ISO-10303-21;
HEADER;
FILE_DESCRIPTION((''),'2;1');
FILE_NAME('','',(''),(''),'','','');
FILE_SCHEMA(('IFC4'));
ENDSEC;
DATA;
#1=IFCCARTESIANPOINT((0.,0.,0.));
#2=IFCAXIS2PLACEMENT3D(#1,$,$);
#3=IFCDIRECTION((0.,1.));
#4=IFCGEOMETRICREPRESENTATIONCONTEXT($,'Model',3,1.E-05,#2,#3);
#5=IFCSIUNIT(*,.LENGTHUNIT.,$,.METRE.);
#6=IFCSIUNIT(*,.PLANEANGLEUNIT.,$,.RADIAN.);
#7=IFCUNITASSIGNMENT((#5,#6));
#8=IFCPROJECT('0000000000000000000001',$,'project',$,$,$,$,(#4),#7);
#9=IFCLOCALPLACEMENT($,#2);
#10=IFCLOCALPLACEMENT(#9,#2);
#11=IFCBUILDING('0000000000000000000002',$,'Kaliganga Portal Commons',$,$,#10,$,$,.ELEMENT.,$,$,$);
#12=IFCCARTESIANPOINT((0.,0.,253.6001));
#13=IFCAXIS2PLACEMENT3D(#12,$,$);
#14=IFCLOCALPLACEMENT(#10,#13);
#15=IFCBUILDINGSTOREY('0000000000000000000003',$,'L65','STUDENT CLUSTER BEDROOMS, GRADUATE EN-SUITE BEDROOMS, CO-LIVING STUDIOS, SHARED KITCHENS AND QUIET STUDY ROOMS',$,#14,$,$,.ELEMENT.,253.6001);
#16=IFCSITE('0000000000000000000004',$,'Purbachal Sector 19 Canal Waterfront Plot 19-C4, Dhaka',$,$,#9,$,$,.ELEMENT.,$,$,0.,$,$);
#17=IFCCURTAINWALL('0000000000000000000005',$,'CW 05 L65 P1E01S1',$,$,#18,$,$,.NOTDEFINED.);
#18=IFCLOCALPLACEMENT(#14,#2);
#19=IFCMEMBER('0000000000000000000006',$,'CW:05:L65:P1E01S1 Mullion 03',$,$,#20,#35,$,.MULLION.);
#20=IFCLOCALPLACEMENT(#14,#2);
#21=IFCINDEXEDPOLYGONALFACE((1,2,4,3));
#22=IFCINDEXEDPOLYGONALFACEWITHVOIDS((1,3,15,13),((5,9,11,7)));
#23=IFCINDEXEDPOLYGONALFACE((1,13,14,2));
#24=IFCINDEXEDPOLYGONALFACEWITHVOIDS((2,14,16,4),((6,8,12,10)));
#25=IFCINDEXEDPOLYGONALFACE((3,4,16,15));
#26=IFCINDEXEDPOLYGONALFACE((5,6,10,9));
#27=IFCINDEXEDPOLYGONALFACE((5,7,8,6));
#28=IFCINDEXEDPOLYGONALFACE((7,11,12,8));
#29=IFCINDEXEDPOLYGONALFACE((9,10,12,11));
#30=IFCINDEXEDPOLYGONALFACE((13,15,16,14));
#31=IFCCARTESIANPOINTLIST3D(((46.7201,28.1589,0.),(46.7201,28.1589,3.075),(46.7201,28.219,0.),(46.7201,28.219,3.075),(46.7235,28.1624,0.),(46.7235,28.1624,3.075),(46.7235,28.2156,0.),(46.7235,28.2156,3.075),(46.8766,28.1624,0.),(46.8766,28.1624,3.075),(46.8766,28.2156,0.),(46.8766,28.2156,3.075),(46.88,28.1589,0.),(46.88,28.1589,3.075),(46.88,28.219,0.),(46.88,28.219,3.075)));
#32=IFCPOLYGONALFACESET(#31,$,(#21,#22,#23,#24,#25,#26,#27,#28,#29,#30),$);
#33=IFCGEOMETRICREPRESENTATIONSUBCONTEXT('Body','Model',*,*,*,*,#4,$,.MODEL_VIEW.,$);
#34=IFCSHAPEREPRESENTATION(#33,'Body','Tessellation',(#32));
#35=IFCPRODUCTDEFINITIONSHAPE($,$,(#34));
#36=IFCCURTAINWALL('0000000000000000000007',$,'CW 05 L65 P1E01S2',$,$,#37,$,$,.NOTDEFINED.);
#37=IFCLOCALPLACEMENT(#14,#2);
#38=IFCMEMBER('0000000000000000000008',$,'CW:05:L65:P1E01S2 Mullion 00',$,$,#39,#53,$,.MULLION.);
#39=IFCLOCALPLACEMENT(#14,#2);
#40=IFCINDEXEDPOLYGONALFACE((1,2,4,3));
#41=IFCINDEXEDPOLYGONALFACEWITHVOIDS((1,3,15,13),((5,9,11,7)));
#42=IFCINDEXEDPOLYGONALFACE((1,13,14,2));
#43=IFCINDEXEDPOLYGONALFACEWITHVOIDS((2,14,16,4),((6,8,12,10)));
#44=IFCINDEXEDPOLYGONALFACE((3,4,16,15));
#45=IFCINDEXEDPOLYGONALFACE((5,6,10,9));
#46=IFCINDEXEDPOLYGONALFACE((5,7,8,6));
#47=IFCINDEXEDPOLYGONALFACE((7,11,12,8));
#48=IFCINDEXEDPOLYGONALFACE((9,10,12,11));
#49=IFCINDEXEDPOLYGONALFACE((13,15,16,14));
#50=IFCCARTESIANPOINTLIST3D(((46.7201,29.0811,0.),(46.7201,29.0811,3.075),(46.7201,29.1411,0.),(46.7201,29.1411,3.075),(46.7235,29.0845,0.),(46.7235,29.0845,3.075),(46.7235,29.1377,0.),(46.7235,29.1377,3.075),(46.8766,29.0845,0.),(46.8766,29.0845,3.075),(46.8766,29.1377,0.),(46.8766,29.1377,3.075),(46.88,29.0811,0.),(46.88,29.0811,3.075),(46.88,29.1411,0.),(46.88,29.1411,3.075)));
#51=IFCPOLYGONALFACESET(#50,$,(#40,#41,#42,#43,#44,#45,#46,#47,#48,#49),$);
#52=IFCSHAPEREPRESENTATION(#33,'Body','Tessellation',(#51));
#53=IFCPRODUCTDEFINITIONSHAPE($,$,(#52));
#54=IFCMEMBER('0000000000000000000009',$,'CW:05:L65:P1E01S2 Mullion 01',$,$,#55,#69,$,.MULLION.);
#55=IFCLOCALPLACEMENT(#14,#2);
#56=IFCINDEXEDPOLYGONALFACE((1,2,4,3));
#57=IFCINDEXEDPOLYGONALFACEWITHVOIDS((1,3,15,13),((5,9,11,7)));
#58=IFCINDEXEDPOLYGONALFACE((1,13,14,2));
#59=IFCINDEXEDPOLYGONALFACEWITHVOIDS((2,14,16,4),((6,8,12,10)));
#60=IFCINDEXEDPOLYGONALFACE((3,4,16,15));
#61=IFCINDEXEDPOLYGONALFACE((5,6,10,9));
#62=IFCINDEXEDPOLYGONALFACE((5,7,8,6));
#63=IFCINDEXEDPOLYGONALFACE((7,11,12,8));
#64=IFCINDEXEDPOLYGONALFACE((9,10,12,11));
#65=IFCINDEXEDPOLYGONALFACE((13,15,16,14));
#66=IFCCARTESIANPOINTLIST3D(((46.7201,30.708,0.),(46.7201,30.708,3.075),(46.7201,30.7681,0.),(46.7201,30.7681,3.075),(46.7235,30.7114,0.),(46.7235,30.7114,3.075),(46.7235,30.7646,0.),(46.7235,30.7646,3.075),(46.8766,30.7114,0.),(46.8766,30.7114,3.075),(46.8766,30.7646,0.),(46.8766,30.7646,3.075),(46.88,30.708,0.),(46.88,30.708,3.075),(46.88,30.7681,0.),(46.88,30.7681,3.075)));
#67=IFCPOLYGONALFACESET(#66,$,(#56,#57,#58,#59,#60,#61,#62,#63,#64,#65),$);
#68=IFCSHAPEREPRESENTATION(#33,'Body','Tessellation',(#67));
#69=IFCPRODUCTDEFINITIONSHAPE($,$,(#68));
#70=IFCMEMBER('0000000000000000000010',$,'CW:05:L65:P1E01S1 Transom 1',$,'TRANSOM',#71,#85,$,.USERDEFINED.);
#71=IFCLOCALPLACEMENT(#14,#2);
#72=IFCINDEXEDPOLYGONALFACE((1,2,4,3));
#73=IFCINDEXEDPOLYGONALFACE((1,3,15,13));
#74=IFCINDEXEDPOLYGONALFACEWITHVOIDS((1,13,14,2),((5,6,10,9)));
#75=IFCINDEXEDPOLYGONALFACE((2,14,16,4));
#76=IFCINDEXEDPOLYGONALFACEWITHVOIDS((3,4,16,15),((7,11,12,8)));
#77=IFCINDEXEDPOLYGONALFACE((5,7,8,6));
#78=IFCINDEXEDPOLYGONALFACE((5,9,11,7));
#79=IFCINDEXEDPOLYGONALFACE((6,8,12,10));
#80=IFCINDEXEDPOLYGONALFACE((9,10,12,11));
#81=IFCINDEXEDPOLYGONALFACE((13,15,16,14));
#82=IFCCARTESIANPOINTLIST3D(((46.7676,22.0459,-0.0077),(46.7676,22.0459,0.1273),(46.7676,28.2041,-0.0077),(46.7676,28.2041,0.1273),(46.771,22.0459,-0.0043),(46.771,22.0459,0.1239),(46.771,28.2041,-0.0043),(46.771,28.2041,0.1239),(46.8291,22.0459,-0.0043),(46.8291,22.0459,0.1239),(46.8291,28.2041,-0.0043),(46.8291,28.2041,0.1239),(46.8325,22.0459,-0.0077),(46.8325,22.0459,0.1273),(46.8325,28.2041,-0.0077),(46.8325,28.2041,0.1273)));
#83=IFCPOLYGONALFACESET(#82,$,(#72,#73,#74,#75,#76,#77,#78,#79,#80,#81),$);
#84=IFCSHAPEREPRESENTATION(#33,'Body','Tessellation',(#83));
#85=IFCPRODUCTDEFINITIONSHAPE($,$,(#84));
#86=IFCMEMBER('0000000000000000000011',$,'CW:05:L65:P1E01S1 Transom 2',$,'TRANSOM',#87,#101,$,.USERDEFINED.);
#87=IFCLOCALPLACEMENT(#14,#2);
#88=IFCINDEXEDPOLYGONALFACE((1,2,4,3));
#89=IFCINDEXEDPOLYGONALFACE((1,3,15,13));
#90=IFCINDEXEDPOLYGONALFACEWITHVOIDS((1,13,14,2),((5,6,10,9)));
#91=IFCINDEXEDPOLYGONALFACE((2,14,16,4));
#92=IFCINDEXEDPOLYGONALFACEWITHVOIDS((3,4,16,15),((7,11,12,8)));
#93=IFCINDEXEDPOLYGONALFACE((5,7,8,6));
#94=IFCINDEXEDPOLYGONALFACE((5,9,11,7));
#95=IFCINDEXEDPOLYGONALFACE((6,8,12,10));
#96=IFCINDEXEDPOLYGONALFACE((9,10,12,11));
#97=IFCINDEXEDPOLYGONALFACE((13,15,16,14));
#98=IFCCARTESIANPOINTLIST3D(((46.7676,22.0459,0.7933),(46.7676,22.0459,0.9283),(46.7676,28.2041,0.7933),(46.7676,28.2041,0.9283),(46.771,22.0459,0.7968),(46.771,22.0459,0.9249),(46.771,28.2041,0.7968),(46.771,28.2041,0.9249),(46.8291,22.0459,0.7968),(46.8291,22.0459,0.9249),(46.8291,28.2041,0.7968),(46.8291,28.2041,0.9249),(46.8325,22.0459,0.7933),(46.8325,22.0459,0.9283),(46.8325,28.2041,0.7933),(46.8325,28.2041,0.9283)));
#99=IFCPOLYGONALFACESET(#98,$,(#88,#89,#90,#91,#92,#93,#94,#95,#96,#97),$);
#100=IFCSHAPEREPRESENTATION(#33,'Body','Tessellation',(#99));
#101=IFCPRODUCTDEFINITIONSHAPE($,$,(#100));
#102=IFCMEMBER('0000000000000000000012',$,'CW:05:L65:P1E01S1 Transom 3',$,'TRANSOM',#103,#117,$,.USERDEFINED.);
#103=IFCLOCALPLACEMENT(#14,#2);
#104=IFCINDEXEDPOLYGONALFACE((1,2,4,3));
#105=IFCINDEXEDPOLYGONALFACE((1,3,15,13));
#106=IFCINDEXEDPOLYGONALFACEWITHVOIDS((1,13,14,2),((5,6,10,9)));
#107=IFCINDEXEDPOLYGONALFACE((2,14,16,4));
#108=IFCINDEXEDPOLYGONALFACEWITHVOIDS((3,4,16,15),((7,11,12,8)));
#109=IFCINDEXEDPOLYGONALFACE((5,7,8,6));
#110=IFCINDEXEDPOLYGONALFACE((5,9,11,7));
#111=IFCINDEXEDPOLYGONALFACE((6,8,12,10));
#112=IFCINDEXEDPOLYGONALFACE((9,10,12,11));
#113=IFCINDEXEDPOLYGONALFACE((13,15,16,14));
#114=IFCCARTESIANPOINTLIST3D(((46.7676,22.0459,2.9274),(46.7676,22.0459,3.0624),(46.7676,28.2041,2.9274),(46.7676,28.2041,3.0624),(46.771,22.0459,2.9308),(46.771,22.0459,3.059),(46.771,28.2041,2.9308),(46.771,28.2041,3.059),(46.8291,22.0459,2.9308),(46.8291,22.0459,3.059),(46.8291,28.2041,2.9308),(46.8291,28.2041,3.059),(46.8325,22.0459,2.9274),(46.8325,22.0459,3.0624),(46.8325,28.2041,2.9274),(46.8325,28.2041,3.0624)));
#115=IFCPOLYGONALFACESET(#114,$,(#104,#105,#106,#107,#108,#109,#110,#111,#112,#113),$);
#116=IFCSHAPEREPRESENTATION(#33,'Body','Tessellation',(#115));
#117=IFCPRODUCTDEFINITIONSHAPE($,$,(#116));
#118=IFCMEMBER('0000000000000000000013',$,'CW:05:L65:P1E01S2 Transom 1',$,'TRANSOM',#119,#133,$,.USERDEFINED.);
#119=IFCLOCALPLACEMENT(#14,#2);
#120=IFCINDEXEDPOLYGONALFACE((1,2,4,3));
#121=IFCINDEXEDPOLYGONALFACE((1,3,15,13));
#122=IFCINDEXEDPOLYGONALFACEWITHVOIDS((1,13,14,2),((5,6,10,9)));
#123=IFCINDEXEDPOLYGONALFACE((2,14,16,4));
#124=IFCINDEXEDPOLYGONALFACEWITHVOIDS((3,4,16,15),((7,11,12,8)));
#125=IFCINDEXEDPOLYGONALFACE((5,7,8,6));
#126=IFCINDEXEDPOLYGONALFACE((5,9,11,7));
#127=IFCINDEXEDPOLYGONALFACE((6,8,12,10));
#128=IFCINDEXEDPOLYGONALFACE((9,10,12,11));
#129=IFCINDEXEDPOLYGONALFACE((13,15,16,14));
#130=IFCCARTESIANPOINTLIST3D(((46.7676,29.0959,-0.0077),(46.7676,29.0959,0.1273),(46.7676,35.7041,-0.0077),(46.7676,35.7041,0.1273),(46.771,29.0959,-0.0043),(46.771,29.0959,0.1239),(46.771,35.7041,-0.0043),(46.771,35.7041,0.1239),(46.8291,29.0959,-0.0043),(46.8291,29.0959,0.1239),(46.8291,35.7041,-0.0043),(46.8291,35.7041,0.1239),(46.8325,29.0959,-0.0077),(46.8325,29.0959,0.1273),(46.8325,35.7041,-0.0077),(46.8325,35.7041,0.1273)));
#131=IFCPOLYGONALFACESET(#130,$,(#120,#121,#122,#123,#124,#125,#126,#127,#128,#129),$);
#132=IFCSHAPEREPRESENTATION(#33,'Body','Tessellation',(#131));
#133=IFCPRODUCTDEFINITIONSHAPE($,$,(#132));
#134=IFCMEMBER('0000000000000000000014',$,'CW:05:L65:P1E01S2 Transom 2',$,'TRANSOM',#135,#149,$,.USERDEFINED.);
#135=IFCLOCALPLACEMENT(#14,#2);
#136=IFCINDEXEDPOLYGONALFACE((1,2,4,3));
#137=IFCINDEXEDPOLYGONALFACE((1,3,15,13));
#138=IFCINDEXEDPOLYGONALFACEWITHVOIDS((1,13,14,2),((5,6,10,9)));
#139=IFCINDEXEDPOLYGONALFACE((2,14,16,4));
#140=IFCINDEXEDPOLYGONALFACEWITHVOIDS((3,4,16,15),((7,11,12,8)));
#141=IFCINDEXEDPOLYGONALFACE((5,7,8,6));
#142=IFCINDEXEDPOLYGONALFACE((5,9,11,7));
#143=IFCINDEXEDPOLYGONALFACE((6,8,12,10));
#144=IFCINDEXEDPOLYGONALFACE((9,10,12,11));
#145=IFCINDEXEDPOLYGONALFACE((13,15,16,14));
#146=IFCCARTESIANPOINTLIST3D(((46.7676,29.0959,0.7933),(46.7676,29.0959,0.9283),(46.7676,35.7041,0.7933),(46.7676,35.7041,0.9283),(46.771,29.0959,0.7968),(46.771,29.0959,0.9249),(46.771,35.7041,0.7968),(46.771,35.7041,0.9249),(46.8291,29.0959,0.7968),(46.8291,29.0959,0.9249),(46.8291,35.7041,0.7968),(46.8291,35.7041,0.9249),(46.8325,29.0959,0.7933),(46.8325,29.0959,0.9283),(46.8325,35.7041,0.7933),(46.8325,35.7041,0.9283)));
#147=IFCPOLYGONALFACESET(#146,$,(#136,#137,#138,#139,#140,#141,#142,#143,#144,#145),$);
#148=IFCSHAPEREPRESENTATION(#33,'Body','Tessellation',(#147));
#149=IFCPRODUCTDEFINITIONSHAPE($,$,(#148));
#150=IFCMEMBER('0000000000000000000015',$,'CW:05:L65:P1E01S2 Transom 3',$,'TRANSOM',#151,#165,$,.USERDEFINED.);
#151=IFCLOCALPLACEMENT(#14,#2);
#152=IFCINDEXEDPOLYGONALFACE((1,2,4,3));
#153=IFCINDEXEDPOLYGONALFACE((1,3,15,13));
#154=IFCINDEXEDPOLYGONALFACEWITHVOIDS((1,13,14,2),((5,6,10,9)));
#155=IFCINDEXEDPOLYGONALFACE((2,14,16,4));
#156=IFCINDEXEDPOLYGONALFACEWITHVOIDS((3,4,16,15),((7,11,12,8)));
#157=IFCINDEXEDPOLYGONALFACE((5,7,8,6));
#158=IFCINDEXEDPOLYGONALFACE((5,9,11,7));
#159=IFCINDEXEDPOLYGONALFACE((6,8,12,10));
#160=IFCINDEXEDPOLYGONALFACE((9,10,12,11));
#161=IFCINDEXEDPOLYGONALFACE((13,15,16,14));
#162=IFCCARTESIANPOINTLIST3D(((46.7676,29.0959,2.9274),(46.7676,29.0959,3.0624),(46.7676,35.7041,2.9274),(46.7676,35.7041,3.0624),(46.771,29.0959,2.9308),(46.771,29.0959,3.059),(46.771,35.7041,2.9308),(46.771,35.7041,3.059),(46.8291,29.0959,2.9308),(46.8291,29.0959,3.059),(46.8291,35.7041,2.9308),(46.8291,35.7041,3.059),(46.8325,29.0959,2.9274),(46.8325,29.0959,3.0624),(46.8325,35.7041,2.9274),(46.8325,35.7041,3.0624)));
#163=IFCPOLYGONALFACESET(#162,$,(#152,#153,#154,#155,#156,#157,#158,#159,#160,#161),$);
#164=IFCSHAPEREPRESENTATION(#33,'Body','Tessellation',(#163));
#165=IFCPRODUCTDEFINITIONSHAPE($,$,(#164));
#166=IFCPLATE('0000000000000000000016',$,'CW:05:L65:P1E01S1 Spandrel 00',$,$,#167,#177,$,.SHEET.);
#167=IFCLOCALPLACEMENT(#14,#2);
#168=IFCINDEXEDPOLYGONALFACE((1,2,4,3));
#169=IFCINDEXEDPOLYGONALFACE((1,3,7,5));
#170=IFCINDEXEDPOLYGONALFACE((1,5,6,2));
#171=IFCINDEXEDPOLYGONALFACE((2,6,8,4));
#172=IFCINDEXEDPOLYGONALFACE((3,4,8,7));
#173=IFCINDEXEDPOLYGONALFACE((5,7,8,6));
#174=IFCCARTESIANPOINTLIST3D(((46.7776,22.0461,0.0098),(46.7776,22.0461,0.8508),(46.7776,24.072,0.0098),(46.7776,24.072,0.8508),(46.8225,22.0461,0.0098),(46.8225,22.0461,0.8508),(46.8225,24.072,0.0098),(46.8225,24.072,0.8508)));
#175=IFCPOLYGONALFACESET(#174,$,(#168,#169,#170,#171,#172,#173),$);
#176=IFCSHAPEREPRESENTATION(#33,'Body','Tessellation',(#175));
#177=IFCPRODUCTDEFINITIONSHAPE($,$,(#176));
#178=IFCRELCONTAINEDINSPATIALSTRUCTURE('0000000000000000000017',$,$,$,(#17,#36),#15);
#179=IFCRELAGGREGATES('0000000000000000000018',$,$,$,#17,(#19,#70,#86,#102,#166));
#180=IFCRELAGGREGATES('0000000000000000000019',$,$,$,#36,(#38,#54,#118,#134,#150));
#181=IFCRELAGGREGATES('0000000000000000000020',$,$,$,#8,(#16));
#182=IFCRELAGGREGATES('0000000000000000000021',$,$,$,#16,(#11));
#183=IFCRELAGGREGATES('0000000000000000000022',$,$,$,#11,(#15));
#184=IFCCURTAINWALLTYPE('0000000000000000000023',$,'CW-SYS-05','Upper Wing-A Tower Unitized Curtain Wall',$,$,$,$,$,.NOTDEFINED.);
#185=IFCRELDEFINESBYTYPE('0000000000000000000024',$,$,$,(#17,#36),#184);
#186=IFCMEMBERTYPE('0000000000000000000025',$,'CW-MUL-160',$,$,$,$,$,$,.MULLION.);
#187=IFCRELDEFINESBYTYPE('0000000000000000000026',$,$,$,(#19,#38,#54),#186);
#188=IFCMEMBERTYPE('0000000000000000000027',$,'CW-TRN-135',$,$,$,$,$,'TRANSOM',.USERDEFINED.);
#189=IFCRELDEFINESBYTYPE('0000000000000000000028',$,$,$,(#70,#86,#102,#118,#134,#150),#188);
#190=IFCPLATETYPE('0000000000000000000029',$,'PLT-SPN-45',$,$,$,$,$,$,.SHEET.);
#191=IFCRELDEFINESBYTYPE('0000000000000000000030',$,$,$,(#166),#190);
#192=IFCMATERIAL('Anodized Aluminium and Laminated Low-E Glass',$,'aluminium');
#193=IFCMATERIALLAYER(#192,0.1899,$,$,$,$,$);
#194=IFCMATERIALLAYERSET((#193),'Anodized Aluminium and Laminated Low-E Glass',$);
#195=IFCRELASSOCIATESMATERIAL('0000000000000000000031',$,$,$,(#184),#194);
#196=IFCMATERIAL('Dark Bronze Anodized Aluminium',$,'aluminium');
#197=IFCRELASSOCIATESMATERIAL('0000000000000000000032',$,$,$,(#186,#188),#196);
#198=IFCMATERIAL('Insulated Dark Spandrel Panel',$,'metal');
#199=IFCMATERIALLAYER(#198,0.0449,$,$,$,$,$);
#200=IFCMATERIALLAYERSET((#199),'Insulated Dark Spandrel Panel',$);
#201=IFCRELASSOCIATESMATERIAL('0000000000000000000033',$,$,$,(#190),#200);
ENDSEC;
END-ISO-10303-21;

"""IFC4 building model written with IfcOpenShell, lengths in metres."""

from ifc_helpers import new_model, si_unit, direction, frame, origin, origin_2d, place, context, subcontext, project, spatial, rectangle, hollow_rectangle, extrude, source, transform, mapped, material, layer, layer_set, material_profile, profile_set, type_object, element, aggregate, save


model = new_model("IFC4")

# Units and contexts
model_context = context("Model", 3, precision=1e-05, world=origin(), true_north=direction((0.0, 1.0)))
body_context = subcontext(model_context, "Body", "Model", "MODEL_VIEW")
ifc_project = project(units=[si_unit("LENGTHUNIT", "METRE"), si_unit("PLANEANGLEUNIT", "RADIAN")], contexts=[model_context])

# Site, building, storey
site_placement = place(None, origin())
site = spatial("IfcSite", under=ifc_project, at=site_placement, Name="Purbachal Sector 19 Canal Waterfront Plot 19-C4, Dhaka", CompositionType="ELEMENT", RefElevation=0.0)
building_placement = place(site_placement, origin())
building = spatial("IfcBuilding", under=site, at=building_placement, Name="Kaliganga Portal Commons", CompositionType="ELEMENT")
storey_placement = place(building_placement, frame((0.0, 0.0, 253.6001)))
storey = spatial("IfcBuildingStorey", under=building, at=storey_placement, Name="L65", Description="STUDENT CLUSTER BEDROOMS, GRADUATE EN-SUITE BEDROOMS, CO-LIVING STUDIOS, SHARED KITCHENS AND QUIET STUDY ROOMS", CompositionType="ELEMENT", Elevation=253.6001)

# Curtain walls, members
ifc_material_1 = material(Name="Anodized Aluminium and Laminated Low-E Glass", Category="aluminium")
ifc_layer_1 = layer(ifc_material_1, 0.1899)
ifc_layer_set_1 = layer_set([ifc_layer_1], Name="Anodized Aluminium and Laminated Low-E Glass")
curtain_wall_type = type_object("IfcCurtainWallType", Name="CW-SYS-05", Description="Upper Wing-A Tower Unitized Curtain Wall", PredefinedType="NOTDEFINED", material=ifc_layer_set_1)
curtain_wall_1_placement = place(storey_placement, origin())
curtain_wall_1 = element("IfcCurtainWall", 1, at=curtain_wall_1_placement, inside=storey, type_object=curtain_wall_type, Name="CW 05 L65 P1E01S1", PredefinedType="NOTDEFINED")
ifc_material_2 = material(Name="Dark Bronze Anodized Aluminium", Category="aluminium")
ifc_material_profile_1 = material_profile(ifc_material_2, hollow_rectangle(XDim=0.0601, YDim=0.1599, WallThickness=0.0034, at=origin_2d()), Name="ALU MULL 60x160x3.5")
ifc_profile_set_1 = profile_set([ifc_material_profile_1], Name="Dark Bronze Anodized Aluminium")
member_type_1 = type_object("IfcMemberType", Name="CW-MUL-160", PredefinedType="MULLION", material=ifc_profile_set_1)
shared_shape_1 = source(origin(), body_context, "Body", "SweptSolid", [
    extrude(hollow_rectangle(XDim=0.0601, YDim=0.1599, WallThickness=0.0034, at=origin_2d()), origin(), (0.0, 0.0, 1.0), 3.075),
])
member_1_placement = place(storey_placement, frame((46.8, 28.189, 0.0), z_axis=(0.0, 0.0, 1.0), x_axis=(0.0, 1.0, 0.0)))
member_1 = element("IfcMember", 2, at=member_1_placement, type_object=member_type_1, Name="CW:05:L65:P1E01S1 Mullion 03", PredefinedType="MULLION", context=body_context, shape_type="MappedRepresentation", body=[
    mapped(shared_shape_1, transform((0.0, 0.0, 0.0), x_axis=(1.0, 0.0, 0.0), y_axis=(0.0, 1.0, 0.0), z_axis=(0.0, 0.0, 1.0), scale=1.0)),
])
curtain_wall_2_placement = place(storey_placement, origin())
curtain_wall_2 = element("IfcCurtainWall", 3, at=curtain_wall_2_placement, inside=storey, type_object=curtain_wall_type, Name="CW 05 L65 P1E01S2", PredefinedType="NOTDEFINED")
member_2_placement = place(storey_placement, frame((46.8, 29.1111, 0.0), z_axis=(0.0, 0.0, 1.0), x_axis=(0.0, 1.0, 0.0)))
member_2 = element("IfcMember", 4, at=member_2_placement, type_object=member_type_1, Name="CW:05:L65:P1E01S2 Mullion 00", PredefinedType="MULLION", context=body_context, shape_type="MappedRepresentation", body=[
    mapped(shared_shape_1, transform((0.0, 0.0, 0.0), x_axis=(1.0, 0.0, 0.0), y_axis=(0.0, 1.0, 0.0), z_axis=(0.0, 0.0, 1.0), scale=1.0)),
])
member_3_placement = place(storey_placement, frame((46.8, 30.738, 0.0), z_axis=(0.0, 0.0, 1.0), x_axis=(0.0, 1.0, 0.0)))
member_3 = element("IfcMember", 5, at=member_3_placement, type_object=member_type_1, Name="CW:05:L65:P1E01S2 Mullion 01", PredefinedType="MULLION", context=body_context, shape_type="MappedRepresentation", body=[
    mapped(shared_shape_1, transform((0.0, 0.0, 0.0), x_axis=(1.0, 0.0, 0.0), y_axis=(0.0, 1.0, 0.0), z_axis=(0.0, 0.0, 1.0), scale=1.0)),
])

# Members
ifc_material_profile_2 = material_profile(ifc_material_2, hollow_rectangle(XDim=0.0649, YDim=0.135, WallThickness=0.0034, at=origin_2d()), Name="ALU TRAN 65x135x3.5")
ifc_profile_set_2 = profile_set([ifc_material_profile_2], Name="Dark Bronze Anodized Aluminium")
member_type_2 = type_object("IfcMemberType", Name="CW-TRN-135", ElementType="TRANSOM", PredefinedType="USERDEFINED", material=ifc_profile_set_2)
shared_shape_2 = source(origin(), body_context, "Body", "SweptSolid", [
    extrude(hollow_rectangle(XDim=0.0649, YDim=0.135, WallThickness=0.0034, at=origin_2d()), origin(), (0.0, 0.0, 1.0), 6.1582),
])
member_4_placement = place(storey_placement, frame((46.8, 22.0459, 0.0598), z_axis=(0.0, 1.0, 0.0), x_axis=(-1.0, 0.0, 0.0)))
member_4 = element("IfcMember", 6, at=member_4_placement, type_object=member_type_2, Name="CW:05:L65:P1E01S1 Transom 1", ObjectType="TRANSOM", PredefinedType="USERDEFINED", context=body_context, shape_type="MappedRepresentation", body=[
    mapped(shared_shape_2, transform((0.0, 0.0, 0.0), x_axis=(1.0, 0.0, 0.0), y_axis=(0.0, 1.0, 0.0), z_axis=(0.0, 0.0, 1.0), scale=1.0)),
])
member_5_placement = place(storey_placement, frame((46.8, 22.0459, 0.8608), z_axis=(0.0, 1.0, 0.0), x_axis=(-1.0, 0.0, 0.0)))
member_5 = element("IfcMember", 7, at=member_5_placement, type_object=member_type_2, Name="CW:05:L65:P1E01S1 Transom 2", ObjectType="TRANSOM", PredefinedType="USERDEFINED", context=body_context, shape_type="MappedRepresentation", body=[
    mapped(shared_shape_2, transform((0.0, 0.0, 0.0), x_axis=(1.0, 0.0, 0.0), y_axis=(0.0, 1.0, 0.0), z_axis=(0.0, 0.0, 1.0), scale=1.0)),
])
member_6_placement = place(storey_placement, frame((46.8, 22.0459, 2.9949), z_axis=(0.0, 1.0, 0.0), x_axis=(-1.0, 0.0, 0.0)))
member_6 = element("IfcMember", 8, at=member_6_placement, type_object=member_type_2, Name="CW:05:L65:P1E01S1 Transom 3", ObjectType="TRANSOM", PredefinedType="USERDEFINED", context=body_context, shape_type="MappedRepresentation", body=[
    mapped(shared_shape_2, transform((0.0, 0.0, 0.0), x_axis=(1.0, 0.0, 0.0), y_axis=(0.0, 1.0, 0.0), z_axis=(0.0, 0.0, 1.0), scale=1.0)),
])
shared_shape_3 = source(origin(), body_context, "Body", "SweptSolid", [
    extrude(hollow_rectangle(XDim=0.0649, YDim=0.135, WallThickness=0.0034, at=origin_2d()), origin(), (0.0, 0.0, 1.0), 6.6082),
])
member_7_placement = place(storey_placement, frame((46.8, 29.0959, 0.0598), z_axis=(0.0, 1.0, 0.0), x_axis=(-1.0, 0.0, 0.0)))
member_7 = element("IfcMember", 9, at=member_7_placement, type_object=member_type_2, Name="CW:05:L65:P1E01S2 Transom 1", ObjectType="TRANSOM", PredefinedType="USERDEFINED", context=body_context, shape_type="MappedRepresentation", body=[
    mapped(shared_shape_3, transform((0.0, 0.0, 0.0), x_axis=(1.0, 0.0, 0.0), y_axis=(0.0, 1.0, 0.0), z_axis=(0.0, 0.0, 1.0), scale=1.0)),
])
member_8_placement = place(storey_placement, frame((46.8, 29.0959, 0.8608), z_axis=(0.0, 1.0, 0.0), x_axis=(-1.0, 0.0, 0.0)))
member_8 = element("IfcMember", 10, at=member_8_placement, type_object=member_type_2, Name="CW:05:L65:P1E01S2 Transom 2", ObjectType="TRANSOM", PredefinedType="USERDEFINED", context=body_context, shape_type="MappedRepresentation", body=[
    mapped(shared_shape_3, transform((0.0, 0.0, 0.0), x_axis=(1.0, 0.0, 0.0), y_axis=(0.0, 1.0, 0.0), z_axis=(0.0, 0.0, 1.0), scale=1.0)),
])
member_9_placement = place(storey_placement, frame((46.8, 29.0959, 2.9949), z_axis=(0.0, 1.0, 0.0), x_axis=(-1.0, 0.0, 0.0)))
member_9 = element("IfcMember", 11, at=member_9_placement, type_object=member_type_2, Name="CW:05:L65:P1E01S2 Transom 3", ObjectType="TRANSOM", PredefinedType="USERDEFINED", context=body_context, shape_type="MappedRepresentation", body=[
    mapped(shared_shape_3, transform((0.0, 0.0, 0.0), x_axis=(1.0, 0.0, 0.0), y_axis=(0.0, 1.0, 0.0), z_axis=(0.0, 0.0, 1.0), scale=1.0)),
])

# Plate
ifc_material_3 = material(Name="Insulated Dark Spandrel Panel", Category="metal")
ifc_layer_2 = layer(ifc_material_3, 0.0449)
ifc_layer_set_2 = layer_set([ifc_layer_2], Name="Insulated Dark Spandrel Panel")
plate_type_1 = type_object("IfcPlateType", Name="PLT-SPN-45", PredefinedType="SHEET", material=ifc_layer_set_2)
shared_shape_4 = source(origin(), body_context, "Body", "SweptSolid", [
    extrude(rectangle(XDim=2.0259, YDim=0.0449, at=origin_2d()), origin(), (0.0, 0.0, 1.0), 0.8411),
])
plate_1_placement = place(storey_placement, frame((46.8, 23.0591, 0.0098), z_axis=(0.0, 0.0, 1.0), x_axis=(0.0, 1.0, 0.0)))
plate_1 = element("IfcPlate", 12, at=plate_1_placement, type_object=plate_type_1, Name="CW:05:L65:P1E01S1 Spandrel 00", PredefinedType="SHEET", context=body_context, shape_type="MappedRepresentation", body=[
    mapped(shared_shape_4, transform((0.0, 0.0, 0.0), x_axis=(1.0, 0.0, 0.0), y_axis=(0.0, 1.0, 0.0), z_axis=(0.0, 0.0, 1.0), scale=1.0)),
])
aggregate(curtain_wall_1, [member_1, member_4, member_5, member_6, plate_1])
aggregate(curtain_wall_2, [member_2, member_3, member_7, member_8, member_9])

save(model, "model.ifc")
